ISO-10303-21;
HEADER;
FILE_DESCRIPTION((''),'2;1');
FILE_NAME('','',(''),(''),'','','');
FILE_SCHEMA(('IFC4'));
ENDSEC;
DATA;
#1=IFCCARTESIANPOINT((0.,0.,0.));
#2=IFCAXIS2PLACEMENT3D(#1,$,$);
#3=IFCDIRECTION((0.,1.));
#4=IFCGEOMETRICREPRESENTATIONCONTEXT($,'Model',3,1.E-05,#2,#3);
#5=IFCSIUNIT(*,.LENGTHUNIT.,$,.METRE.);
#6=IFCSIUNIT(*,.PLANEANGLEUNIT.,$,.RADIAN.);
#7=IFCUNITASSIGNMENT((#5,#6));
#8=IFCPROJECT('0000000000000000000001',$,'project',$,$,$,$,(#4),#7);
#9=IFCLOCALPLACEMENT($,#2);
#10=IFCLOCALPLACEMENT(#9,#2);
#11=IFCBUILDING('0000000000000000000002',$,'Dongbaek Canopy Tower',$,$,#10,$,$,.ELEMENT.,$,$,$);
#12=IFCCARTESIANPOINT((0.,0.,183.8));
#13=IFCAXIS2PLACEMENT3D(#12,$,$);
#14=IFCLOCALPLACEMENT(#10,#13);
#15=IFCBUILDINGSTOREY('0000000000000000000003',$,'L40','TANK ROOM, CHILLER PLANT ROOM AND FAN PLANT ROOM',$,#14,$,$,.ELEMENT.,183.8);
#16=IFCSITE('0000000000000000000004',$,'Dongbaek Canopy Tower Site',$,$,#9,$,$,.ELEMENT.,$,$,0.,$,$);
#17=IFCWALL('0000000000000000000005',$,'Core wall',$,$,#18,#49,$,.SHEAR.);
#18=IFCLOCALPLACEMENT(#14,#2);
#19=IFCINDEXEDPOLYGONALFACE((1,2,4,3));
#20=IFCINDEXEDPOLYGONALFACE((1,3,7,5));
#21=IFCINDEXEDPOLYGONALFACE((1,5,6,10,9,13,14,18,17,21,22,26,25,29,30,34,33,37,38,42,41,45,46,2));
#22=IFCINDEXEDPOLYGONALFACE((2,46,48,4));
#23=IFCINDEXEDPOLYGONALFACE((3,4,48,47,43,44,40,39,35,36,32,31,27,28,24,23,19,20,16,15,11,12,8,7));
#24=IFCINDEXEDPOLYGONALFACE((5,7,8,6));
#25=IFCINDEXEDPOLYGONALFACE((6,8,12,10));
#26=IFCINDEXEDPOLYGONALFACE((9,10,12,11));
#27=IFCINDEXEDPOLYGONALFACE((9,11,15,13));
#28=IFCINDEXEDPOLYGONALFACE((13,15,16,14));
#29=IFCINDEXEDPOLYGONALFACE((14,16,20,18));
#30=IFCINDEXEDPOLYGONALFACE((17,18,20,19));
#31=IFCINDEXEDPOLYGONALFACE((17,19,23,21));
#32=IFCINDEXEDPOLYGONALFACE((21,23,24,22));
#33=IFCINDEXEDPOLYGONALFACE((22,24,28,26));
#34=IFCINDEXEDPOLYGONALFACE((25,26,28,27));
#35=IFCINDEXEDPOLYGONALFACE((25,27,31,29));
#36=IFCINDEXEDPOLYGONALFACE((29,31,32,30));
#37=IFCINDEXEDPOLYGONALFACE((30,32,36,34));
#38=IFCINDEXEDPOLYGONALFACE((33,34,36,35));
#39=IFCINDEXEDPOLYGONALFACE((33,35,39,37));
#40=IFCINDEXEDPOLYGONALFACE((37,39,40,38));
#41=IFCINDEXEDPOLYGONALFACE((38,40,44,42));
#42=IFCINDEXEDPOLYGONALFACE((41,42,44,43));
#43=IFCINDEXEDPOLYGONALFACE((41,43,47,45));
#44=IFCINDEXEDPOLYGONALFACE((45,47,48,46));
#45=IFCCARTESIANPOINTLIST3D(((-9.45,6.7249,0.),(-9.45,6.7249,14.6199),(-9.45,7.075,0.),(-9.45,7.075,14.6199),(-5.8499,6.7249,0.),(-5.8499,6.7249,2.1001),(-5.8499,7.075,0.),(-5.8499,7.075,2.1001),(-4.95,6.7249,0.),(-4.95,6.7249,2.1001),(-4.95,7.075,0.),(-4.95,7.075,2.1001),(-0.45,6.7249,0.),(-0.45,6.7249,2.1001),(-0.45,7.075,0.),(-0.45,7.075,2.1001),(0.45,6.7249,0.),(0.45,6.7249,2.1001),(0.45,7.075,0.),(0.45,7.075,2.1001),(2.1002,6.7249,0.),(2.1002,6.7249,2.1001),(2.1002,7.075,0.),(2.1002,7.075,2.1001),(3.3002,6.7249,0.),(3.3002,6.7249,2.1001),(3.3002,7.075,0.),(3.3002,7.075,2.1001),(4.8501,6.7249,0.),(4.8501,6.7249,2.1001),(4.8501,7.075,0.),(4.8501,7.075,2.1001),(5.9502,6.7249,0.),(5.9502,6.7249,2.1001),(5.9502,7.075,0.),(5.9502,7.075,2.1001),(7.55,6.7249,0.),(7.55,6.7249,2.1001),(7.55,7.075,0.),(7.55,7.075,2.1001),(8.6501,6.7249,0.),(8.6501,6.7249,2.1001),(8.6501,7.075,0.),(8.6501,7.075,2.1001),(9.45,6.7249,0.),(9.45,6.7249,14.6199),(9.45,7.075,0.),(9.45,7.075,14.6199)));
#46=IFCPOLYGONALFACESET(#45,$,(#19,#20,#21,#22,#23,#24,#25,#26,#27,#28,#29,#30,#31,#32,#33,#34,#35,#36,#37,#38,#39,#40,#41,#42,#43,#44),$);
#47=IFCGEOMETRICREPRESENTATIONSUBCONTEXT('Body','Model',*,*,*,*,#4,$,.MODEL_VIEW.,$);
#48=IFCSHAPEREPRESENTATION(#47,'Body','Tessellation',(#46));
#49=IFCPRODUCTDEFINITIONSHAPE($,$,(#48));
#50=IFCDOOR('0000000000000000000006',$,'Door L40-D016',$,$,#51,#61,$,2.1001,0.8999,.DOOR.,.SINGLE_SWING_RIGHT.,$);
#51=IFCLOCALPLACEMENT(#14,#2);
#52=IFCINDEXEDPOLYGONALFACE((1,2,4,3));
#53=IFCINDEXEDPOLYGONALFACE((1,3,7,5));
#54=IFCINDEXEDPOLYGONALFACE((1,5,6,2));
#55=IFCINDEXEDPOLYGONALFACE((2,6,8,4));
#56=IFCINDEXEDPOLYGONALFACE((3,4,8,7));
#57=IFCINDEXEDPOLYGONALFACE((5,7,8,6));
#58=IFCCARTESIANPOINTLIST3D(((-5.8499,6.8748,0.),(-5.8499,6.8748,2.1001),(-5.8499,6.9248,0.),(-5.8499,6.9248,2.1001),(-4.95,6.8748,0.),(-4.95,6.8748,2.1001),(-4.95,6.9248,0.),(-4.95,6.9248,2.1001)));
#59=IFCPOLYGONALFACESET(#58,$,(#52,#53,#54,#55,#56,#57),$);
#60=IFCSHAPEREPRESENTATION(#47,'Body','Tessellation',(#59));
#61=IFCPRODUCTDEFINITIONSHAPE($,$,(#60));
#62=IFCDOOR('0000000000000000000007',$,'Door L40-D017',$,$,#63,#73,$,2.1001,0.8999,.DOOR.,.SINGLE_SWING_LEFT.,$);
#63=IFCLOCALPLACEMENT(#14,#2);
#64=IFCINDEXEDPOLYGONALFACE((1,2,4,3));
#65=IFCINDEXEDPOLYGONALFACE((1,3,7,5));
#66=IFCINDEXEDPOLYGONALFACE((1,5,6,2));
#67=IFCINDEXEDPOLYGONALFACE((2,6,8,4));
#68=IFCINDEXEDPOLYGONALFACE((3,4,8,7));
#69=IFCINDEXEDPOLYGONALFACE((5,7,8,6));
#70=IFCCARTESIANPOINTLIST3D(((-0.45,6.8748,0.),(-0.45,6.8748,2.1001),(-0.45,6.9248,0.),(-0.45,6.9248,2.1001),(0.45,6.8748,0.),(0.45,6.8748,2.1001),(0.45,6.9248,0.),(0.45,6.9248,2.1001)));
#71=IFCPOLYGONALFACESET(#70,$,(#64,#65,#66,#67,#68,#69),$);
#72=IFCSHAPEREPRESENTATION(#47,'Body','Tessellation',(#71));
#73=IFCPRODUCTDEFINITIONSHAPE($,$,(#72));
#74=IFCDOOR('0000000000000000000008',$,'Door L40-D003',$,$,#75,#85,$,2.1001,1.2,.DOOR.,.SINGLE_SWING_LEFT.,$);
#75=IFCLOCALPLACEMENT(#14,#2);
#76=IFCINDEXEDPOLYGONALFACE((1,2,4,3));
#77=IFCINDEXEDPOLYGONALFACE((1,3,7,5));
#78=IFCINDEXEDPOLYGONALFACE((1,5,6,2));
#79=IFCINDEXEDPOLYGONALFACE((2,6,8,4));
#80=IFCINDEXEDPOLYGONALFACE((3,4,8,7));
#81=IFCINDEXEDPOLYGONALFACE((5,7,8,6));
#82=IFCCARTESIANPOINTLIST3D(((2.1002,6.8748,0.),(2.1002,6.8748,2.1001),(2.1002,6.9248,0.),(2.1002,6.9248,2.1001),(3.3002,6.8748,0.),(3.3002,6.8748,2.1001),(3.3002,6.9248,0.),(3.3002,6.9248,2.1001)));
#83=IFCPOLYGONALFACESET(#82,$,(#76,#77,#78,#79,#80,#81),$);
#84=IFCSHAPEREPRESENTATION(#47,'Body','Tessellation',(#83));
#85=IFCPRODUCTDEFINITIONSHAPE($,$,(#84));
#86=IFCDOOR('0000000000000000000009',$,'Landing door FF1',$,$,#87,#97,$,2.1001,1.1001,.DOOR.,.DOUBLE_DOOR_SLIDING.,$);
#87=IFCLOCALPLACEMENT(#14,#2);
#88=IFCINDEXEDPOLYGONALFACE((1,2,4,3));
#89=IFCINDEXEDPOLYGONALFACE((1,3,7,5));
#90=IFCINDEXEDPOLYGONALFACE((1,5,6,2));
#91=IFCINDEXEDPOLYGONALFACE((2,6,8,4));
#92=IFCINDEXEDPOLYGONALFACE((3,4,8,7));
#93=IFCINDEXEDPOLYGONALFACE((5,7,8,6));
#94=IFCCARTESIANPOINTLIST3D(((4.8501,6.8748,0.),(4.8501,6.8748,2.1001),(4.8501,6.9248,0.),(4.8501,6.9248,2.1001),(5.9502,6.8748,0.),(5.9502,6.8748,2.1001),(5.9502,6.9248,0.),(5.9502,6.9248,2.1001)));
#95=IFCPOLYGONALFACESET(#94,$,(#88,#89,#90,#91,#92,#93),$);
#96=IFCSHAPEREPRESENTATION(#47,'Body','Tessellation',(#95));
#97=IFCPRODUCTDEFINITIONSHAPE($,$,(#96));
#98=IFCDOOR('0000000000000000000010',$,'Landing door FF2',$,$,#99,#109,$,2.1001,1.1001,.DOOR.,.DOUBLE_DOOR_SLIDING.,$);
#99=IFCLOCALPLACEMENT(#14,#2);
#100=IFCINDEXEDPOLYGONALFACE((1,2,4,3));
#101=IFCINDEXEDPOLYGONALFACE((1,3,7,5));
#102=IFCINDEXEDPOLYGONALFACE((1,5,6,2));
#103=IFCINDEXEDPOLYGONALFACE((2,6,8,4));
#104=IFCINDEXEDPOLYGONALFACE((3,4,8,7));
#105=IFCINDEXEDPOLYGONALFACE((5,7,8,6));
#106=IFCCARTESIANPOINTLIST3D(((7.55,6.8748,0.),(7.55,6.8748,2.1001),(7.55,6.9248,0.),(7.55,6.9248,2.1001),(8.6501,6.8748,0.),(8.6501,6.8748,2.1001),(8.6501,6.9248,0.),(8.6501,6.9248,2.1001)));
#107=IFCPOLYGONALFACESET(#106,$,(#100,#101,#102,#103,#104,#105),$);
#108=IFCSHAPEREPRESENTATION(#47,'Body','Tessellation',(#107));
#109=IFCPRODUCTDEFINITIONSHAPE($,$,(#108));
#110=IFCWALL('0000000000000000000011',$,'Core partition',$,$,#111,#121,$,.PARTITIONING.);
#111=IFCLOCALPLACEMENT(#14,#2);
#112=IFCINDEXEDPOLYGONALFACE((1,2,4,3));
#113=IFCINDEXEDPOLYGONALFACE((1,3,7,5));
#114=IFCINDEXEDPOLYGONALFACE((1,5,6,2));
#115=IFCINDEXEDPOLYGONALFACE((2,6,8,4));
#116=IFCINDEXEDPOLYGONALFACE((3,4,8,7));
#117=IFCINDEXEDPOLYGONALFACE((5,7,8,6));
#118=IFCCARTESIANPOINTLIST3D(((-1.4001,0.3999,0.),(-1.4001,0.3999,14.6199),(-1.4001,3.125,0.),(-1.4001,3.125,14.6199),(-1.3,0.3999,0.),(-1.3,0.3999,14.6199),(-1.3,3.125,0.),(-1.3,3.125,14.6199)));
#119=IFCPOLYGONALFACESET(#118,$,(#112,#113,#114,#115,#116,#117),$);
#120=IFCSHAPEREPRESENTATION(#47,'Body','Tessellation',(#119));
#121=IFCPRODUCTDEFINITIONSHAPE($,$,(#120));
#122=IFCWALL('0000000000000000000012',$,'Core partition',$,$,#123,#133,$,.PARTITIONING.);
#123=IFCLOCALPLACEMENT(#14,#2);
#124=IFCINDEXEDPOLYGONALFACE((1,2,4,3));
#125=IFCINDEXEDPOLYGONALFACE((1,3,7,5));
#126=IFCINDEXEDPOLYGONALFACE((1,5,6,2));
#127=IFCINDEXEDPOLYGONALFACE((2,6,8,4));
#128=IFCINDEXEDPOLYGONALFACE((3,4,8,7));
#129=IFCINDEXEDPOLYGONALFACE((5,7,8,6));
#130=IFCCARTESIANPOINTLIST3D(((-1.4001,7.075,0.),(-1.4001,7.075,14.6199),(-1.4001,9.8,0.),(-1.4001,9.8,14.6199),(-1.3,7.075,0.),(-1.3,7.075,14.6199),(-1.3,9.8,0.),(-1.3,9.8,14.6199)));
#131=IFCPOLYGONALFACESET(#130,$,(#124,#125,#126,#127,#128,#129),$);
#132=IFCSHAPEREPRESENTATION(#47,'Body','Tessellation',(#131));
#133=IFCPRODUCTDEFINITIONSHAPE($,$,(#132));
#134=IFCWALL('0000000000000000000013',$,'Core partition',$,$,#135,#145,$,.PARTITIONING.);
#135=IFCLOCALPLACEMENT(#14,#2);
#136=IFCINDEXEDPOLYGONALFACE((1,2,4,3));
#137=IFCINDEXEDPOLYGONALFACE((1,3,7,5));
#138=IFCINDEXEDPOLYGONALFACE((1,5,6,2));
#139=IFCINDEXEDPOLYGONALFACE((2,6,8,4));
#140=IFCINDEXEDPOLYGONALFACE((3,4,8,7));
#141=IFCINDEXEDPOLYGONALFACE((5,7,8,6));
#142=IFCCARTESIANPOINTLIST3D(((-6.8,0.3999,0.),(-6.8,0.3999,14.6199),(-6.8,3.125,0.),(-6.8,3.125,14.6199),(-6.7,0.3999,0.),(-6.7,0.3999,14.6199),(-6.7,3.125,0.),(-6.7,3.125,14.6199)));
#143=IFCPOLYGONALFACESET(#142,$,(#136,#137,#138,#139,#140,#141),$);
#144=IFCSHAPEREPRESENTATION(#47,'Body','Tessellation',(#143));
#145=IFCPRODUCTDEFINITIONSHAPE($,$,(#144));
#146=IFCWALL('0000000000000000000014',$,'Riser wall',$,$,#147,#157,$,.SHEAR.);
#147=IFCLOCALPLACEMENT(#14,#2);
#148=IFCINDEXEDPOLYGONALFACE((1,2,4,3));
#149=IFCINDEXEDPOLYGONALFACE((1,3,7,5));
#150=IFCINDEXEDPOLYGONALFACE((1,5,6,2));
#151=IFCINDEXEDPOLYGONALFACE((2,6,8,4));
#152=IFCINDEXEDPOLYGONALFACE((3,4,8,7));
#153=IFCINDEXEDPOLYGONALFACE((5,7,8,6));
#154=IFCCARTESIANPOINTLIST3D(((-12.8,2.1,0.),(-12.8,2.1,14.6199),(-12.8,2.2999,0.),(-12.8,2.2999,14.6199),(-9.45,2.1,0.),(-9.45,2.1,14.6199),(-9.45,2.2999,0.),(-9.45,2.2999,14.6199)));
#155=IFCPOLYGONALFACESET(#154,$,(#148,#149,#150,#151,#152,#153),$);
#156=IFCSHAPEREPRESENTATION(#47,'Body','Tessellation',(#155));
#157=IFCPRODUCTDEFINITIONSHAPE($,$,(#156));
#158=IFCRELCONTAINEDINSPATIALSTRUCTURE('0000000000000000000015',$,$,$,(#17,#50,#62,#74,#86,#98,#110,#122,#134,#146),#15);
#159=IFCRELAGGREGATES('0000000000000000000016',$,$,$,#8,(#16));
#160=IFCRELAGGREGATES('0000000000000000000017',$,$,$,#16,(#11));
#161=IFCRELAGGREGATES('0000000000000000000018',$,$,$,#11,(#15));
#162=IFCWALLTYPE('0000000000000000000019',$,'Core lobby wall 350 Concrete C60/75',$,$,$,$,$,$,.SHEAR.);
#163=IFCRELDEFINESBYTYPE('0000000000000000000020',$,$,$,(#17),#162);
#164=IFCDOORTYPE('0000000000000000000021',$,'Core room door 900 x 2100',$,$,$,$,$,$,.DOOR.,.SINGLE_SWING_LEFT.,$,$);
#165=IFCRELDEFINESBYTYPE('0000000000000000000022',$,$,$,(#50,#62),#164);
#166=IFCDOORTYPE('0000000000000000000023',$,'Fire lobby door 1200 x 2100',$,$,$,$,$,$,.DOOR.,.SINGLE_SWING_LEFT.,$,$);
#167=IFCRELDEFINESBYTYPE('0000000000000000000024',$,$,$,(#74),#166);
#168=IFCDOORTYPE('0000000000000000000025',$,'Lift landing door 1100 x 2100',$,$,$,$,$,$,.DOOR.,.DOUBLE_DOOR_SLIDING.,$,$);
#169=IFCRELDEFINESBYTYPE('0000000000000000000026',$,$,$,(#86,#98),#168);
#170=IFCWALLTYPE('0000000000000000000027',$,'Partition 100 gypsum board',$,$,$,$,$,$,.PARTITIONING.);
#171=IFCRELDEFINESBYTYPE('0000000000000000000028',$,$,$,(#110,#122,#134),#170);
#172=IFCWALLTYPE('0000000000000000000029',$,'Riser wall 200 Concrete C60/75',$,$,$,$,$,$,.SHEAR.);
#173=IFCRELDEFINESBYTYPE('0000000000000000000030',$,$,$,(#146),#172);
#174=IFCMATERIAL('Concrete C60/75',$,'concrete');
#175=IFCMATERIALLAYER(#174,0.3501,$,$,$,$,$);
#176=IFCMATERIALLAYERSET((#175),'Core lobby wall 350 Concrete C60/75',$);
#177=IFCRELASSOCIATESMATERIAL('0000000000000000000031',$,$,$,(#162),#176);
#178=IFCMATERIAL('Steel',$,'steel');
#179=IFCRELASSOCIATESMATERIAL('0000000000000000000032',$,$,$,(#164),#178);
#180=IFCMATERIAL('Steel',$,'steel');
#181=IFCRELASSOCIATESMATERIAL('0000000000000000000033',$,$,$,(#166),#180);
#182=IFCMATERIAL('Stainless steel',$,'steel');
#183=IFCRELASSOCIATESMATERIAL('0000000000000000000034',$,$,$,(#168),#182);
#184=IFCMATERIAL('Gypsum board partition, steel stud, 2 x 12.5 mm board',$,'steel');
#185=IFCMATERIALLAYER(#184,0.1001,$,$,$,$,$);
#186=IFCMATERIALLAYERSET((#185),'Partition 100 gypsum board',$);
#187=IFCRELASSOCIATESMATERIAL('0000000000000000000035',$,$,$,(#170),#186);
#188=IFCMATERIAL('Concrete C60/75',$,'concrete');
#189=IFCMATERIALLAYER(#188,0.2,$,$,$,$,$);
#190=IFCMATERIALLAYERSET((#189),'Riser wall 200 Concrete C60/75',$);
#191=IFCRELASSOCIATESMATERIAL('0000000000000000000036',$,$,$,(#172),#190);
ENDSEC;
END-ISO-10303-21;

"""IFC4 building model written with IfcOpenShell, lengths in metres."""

from ifc_helpers import new_model, si_unit, direction, frame, frame_2d, origin, place, context, subcontext, project, spatial, rectangle, extrude, material, layer, layer_set, type_object, element, fill, save


model = new_model("IFC4")

# Units and contexts
model_context = context("Model", 3, precision=1e-05, world=origin(), true_north=direction((0.0, 1.0)))
body_context = subcontext(model_context, "Body", "Model", "MODEL_VIEW")
ifc_project = project(units=[si_unit("LENGTHUNIT", "METRE"), si_unit("PLANEANGLEUNIT", "RADIAN")], contexts=[model_context])

# Site, building, storey
site_placement = place(None, origin())
site = spatial("IfcSite", under=ifc_project, at=site_placement, Name="Dongbaek Canopy Tower Site", CompositionType="ELEMENT", RefElevation=0.0)
building_placement = place(site_placement, origin())
building = spatial("IfcBuilding", under=site, at=building_placement, Name="Dongbaek Canopy Tower", CompositionType="ELEMENT")
storey_placement = place(building_placement, frame((0.0, 0.0, 183.8)))
storey = spatial("IfcBuildingStorey", under=building, at=storey_placement, Name="L40", Description="TANK ROOM, CHILLER PLANT ROOM AND FAN PLANT ROOM", CompositionType="ELEMENT", Elevation=183.8)

# Wall, openings, doors
ifc_material_1 = material(Name="Concrete C60/75", Category="concrete")
ifc_layer_1 = layer(ifc_material_1, 0.3501)
ifc_layer_set_1 = layer_set([ifc_layer_1], Name="Core lobby wall 350 Concrete C60/75")
wall_type_1 = type_object("IfcWallType", Name="Core lobby wall 350 Concrete C60/75", PredefinedType="SHEAR", material=ifc_layer_set_1)
wall_1_placement = place(storey_placement, frame((-9.45, 6.8999, 0.0), z_axis=(0.0, 0.0, 1.0), x_axis=(1.0, 0.0, 0.0)))
wall_1 = element("IfcWall", 1, at=wall_1_placement, inside=storey, type_object=wall_type_1, Name="Core wall", PredefinedType="SHEAR", context=body_context, shape_type="SweptSolid", body=[
    extrude(rectangle(XDim=18.8999, YDim=0.3501, at=frame_2d((9.45, 0.0))), origin(), (0.0, 0.0, 1.0), 14.6199),
])
opening_1_placement = place(wall_1_placement, frame((11.55, 0.0, 0.0)))
opening_1 = element("IfcOpeningElement", 2, at=opening_1_placement, cuts=wall_1, PredefinedType="OPENING", context=body_context, shape_type="SweptSolid", body=[
    extrude(rectangle(XDim=1.2, YDim=2.1001, at=frame_2d((0.6001, 1.05))), frame((0.0, 0.1851, 0.0), z_axis=(0.0, -1.0, 0.0), x_axis=(1.0, 0.0, 0.0)), (0.0, 0.0, 1.0), 0.3701),
])
opening_2_placement = place(wall_1_placement, frame((14.3, 0.0, 0.0)))
opening_2 = element("IfcOpeningElement", 3, at=opening_2_placement, cuts=wall_1, PredefinedType="OPENING", context=body_context, shape_type="SweptSolid", body=[
    extrude(rectangle(XDim=1.1001, YDim=2.1001, at=frame_2d((0.55, 1.05))), frame((0.0, 0.1851, 0.0), z_axis=(0.0, -1.0, 0.0), x_axis=(1.0, 0.0, 0.0)), (0.0, 0.0, 1.0), 0.3701),
])
opening_3_placement = place(wall_1_placement, frame((17.0, 0.0, 0.0)))
opening_3 = element("IfcOpeningElement", 4, at=opening_3_placement, cuts=wall_1, PredefinedType="OPENING", context=body_context, shape_type="SweptSolid", body=[
    extrude(rectangle(XDim=1.1001, YDim=2.1001, at=frame_2d((0.55, 1.05))), frame((0.0, 0.1851, 0.0), z_axis=(0.0, -1.0, 0.0), x_axis=(1.0, 0.0, 0.0)), (0.0, 0.0, 1.0), 0.3701),
])
opening_4_placement = place(wall_1_placement, frame((3.6001, 0.0, 0.0)))
opening_4 = element("IfcOpeningElement", 5, at=opening_4_placement, cuts=wall_1, PredefinedType="OPENING", context=body_context, shape_type="SweptSolid", body=[
    extrude(rectangle(XDim=0.8999, YDim=2.1001, at=frame_2d((0.45, 1.05))), frame((0.0, 0.1851, 0.0), z_axis=(0.0, -1.0, 0.0), x_axis=(1.0, 0.0, 0.0)), (0.0, 0.0, 1.0), 0.3701),
])
opening_5_placement = place(wall_1_placement, frame((9.0, 0.0, 0.0)))
opening_5 = element("IfcOpeningElement", 6, at=opening_5_placement, cuts=wall_1, PredefinedType="OPENING", context=body_context, shape_type="SweptSolid", body=[
    extrude(rectangle(XDim=0.8999, YDim=2.1001, at=frame_2d((0.45, 1.05))), frame((0.0, 0.1851, 0.0), z_axis=(0.0, -1.0, 0.0), x_axis=(1.0, 0.0, 0.0)), (0.0, 0.0, 1.0), 0.3701),
])
ifc_material_2 = material(Name="Steel", Category="steel")
door_type_1 = type_object("IfcDoorType", Name="Core room door 900 x 2100", OperationType="SINGLE_SWING_LEFT", PredefinedType="DOOR", material=ifc_material_2)
door_1_placement = place(opening_4_placement, origin())
door_1 = element("IfcDoor", 7, at=door_1_placement, inside=storey, type_object=door_type_1, Name="Door L40-D016", OperationType="SINGLE_SWING_RIGHT", OverallHeight=2.1001, OverallWidth=0.8999, PredefinedType="DOOR", context=body_context, shape_type="SweptSolid", body=[
    extrude(rectangle(XDim=0.8999, YDim=2.1001, at=frame_2d((0.45, 1.05))), frame((0.0, 0.0249, 0.0), z_axis=(0.0, -1.0, 0.0), x_axis=(1.0, 0.0, 0.0)), (0.0, 0.0, 1.0), 0.05),
])
fill(opening_4, door_1)
door_2_placement = place(opening_5_placement, origin())
door_2 = element("IfcDoor", 8, at=door_2_placement, inside=storey, type_object=door_type_1, Name="Door L40-D017", OperationType="SINGLE_SWING_LEFT", OverallHeight=2.1001, OverallWidth=0.8999, PredefinedType="DOOR", context=body_context, shape_type="SweptSolid", body=[
    extrude(rectangle(XDim=0.8999, YDim=2.1001, at=frame_2d((0.45, 1.05))), frame((0.0, 0.0249, 0.0), z_axis=(0.0, -1.0, 0.0), x_axis=(1.0, 0.0, 0.0)), (0.0, 0.0, 1.0), 0.05),
])
fill(opening_5, door_2)
ifc_material_3 = material(Name="Steel", Category="steel")
door_type_2 = type_object("IfcDoorType", Name="Fire lobby door 1200 x 2100", OperationType="SINGLE_SWING_LEFT", PredefinedType="DOOR", material=ifc_material_3)
door_3_placement = place(opening_1_placement, origin())
door_3 = element("IfcDoor", 9, at=door_3_placement, inside=storey, type_object=door_type_2, Name="Door L40-D003", OperationType="SINGLE_SWING_LEFT", OverallHeight=2.1001, OverallWidth=1.2, PredefinedType="DOOR", context=body_context, shape_type="SweptSolid", body=[
    extrude(rectangle(XDim=1.2, YDim=2.1001, at=frame_2d((0.6001, 1.05))), frame((0.0, 0.0249, 0.0), z_axis=(0.0, -1.0, 0.0), x_axis=(1.0, 0.0, 0.0)), (0.0, 0.0, 1.0), 0.05),
])
fill(opening_1, door_3)
ifc_material_4 = material(Name="Stainless steel", Category="steel")
door_type_3 = type_object("IfcDoorType", Name="Lift landing door 1100 x 2100", OperationType="DOUBLE_DOOR_SLIDING", PredefinedType="DOOR", material=ifc_material_4)
door_4_placement = place(opening_2_placement, origin())
door_4 = element("IfcDoor", 10, at=door_4_placement, inside=storey, type_object=door_type_3, Name="Landing door FF1", OperationType="DOUBLE_DOOR_SLIDING", OverallHeight=2.1001, OverallWidth=1.1001, PredefinedType="DOOR", context=body_context, shape_type="SweptSolid", body=[
    extrude(rectangle(XDim=1.1001, YDim=2.1001, at=frame_2d((0.55, 1.05))), frame((0.0, 0.0249, 0.0), z_axis=(0.0, -1.0, 0.0), x_axis=(1.0, 0.0, 0.0)), (0.0, 0.0, 1.0), 0.05),
])
fill(opening_2, door_4)
door_5_placement = place(opening_3_placement, origin())
door_5 = element("IfcDoor", 11, at=door_5_placement, inside=storey, type_object=door_type_3, Name="Landing door FF2", OperationType="DOUBLE_DOOR_SLIDING", OverallHeight=2.1001, OverallWidth=1.1001, PredefinedType="DOOR", context=body_context, shape_type="SweptSolid", body=[
    extrude(rectangle(XDim=1.1001, YDim=2.1001, at=frame_2d((0.55, 1.05))), frame((0.0, 0.0249, 0.0), z_axis=(0.0, -1.0, 0.0), x_axis=(1.0, 0.0, 0.0)), (0.0, 0.0, 1.0), 0.05),
])
fill(opening_3, door_5)

# Walls
ifc_material_5 = material(Name="Gypsum board partition, steel stud, 2 x 12.5 mm board", Category="steel")
ifc_layer_2 = layer(ifc_material_5, 0.1001)
ifc_layer_set_2 = layer_set([ifc_layer_2], Name="Partition 100 gypsum board")
wall_type_2 = type_object("IfcWallType", Name="Partition 100 gypsum board", PredefinedType="PARTITIONING", material=ifc_layer_set_2)
for number, where, z_axis, x_axis, name in (
    (12, (-1.3501, 0.3999, 0.0), (0.0, 0.0, 1.0), (0.0, 1.0, 0.0), "Core partition"),
    (13, (-1.3501, 7.075, 0.0), (0.0, 0.0, 1.0), (0.0, 1.0, 0.0), "Core partition"),
    (14, (-6.75, 0.3999, 0.0), (0.0, 0.0, 1.0), (0.0, 1.0, 0.0), "Core partition"),
):
    element("IfcWall", number, at=place(storey_placement, frame(where, z_axis=z_axis, x_axis=x_axis)), inside=storey, type_object=wall_type_2, Name=name, PredefinedType="PARTITIONING", context=body_context, shape_type="SweptSolid", body=[
        extrude(rectangle(XDim=2.7251, YDim=0.1001, at=frame_2d((1.3625, 0.0))), origin(), (0.0, 0.0, 1.0), 14.6199),
    ])
ifc_material_6 = material(Name="Concrete C60/75", Category="concrete")
ifc_layer_3 = layer(ifc_material_6, 0.2)
ifc_layer_set_3 = layer_set([ifc_layer_3], Name="Riser wall 200 Concrete C60/75")
wall_type_3 = type_object("IfcWallType", Name="Riser wall 200 Concrete C60/75", PredefinedType="SHEAR", material=ifc_layer_set_3)
wall_2_placement = place(storey_placement, frame((-9.45, 2.2, 0.0), z_axis=(0.0, 0.0, 1.0), x_axis=(-1.0, 0.0, 0.0)))
element("IfcWall", 15, at=wall_2_placement, inside=storey, type_object=wall_type_3, Name="Riser wall", PredefinedType="SHEAR", context=body_context, shape_type="SweptSolid", body=[
    extrude(rectangle(XDim=3.3501, YDim=0.2, at=frame_2d((1.675, 0.0))), origin(), (0.0, 0.0, 1.0), 14.6199),
])

save(model, "model.ifc")
